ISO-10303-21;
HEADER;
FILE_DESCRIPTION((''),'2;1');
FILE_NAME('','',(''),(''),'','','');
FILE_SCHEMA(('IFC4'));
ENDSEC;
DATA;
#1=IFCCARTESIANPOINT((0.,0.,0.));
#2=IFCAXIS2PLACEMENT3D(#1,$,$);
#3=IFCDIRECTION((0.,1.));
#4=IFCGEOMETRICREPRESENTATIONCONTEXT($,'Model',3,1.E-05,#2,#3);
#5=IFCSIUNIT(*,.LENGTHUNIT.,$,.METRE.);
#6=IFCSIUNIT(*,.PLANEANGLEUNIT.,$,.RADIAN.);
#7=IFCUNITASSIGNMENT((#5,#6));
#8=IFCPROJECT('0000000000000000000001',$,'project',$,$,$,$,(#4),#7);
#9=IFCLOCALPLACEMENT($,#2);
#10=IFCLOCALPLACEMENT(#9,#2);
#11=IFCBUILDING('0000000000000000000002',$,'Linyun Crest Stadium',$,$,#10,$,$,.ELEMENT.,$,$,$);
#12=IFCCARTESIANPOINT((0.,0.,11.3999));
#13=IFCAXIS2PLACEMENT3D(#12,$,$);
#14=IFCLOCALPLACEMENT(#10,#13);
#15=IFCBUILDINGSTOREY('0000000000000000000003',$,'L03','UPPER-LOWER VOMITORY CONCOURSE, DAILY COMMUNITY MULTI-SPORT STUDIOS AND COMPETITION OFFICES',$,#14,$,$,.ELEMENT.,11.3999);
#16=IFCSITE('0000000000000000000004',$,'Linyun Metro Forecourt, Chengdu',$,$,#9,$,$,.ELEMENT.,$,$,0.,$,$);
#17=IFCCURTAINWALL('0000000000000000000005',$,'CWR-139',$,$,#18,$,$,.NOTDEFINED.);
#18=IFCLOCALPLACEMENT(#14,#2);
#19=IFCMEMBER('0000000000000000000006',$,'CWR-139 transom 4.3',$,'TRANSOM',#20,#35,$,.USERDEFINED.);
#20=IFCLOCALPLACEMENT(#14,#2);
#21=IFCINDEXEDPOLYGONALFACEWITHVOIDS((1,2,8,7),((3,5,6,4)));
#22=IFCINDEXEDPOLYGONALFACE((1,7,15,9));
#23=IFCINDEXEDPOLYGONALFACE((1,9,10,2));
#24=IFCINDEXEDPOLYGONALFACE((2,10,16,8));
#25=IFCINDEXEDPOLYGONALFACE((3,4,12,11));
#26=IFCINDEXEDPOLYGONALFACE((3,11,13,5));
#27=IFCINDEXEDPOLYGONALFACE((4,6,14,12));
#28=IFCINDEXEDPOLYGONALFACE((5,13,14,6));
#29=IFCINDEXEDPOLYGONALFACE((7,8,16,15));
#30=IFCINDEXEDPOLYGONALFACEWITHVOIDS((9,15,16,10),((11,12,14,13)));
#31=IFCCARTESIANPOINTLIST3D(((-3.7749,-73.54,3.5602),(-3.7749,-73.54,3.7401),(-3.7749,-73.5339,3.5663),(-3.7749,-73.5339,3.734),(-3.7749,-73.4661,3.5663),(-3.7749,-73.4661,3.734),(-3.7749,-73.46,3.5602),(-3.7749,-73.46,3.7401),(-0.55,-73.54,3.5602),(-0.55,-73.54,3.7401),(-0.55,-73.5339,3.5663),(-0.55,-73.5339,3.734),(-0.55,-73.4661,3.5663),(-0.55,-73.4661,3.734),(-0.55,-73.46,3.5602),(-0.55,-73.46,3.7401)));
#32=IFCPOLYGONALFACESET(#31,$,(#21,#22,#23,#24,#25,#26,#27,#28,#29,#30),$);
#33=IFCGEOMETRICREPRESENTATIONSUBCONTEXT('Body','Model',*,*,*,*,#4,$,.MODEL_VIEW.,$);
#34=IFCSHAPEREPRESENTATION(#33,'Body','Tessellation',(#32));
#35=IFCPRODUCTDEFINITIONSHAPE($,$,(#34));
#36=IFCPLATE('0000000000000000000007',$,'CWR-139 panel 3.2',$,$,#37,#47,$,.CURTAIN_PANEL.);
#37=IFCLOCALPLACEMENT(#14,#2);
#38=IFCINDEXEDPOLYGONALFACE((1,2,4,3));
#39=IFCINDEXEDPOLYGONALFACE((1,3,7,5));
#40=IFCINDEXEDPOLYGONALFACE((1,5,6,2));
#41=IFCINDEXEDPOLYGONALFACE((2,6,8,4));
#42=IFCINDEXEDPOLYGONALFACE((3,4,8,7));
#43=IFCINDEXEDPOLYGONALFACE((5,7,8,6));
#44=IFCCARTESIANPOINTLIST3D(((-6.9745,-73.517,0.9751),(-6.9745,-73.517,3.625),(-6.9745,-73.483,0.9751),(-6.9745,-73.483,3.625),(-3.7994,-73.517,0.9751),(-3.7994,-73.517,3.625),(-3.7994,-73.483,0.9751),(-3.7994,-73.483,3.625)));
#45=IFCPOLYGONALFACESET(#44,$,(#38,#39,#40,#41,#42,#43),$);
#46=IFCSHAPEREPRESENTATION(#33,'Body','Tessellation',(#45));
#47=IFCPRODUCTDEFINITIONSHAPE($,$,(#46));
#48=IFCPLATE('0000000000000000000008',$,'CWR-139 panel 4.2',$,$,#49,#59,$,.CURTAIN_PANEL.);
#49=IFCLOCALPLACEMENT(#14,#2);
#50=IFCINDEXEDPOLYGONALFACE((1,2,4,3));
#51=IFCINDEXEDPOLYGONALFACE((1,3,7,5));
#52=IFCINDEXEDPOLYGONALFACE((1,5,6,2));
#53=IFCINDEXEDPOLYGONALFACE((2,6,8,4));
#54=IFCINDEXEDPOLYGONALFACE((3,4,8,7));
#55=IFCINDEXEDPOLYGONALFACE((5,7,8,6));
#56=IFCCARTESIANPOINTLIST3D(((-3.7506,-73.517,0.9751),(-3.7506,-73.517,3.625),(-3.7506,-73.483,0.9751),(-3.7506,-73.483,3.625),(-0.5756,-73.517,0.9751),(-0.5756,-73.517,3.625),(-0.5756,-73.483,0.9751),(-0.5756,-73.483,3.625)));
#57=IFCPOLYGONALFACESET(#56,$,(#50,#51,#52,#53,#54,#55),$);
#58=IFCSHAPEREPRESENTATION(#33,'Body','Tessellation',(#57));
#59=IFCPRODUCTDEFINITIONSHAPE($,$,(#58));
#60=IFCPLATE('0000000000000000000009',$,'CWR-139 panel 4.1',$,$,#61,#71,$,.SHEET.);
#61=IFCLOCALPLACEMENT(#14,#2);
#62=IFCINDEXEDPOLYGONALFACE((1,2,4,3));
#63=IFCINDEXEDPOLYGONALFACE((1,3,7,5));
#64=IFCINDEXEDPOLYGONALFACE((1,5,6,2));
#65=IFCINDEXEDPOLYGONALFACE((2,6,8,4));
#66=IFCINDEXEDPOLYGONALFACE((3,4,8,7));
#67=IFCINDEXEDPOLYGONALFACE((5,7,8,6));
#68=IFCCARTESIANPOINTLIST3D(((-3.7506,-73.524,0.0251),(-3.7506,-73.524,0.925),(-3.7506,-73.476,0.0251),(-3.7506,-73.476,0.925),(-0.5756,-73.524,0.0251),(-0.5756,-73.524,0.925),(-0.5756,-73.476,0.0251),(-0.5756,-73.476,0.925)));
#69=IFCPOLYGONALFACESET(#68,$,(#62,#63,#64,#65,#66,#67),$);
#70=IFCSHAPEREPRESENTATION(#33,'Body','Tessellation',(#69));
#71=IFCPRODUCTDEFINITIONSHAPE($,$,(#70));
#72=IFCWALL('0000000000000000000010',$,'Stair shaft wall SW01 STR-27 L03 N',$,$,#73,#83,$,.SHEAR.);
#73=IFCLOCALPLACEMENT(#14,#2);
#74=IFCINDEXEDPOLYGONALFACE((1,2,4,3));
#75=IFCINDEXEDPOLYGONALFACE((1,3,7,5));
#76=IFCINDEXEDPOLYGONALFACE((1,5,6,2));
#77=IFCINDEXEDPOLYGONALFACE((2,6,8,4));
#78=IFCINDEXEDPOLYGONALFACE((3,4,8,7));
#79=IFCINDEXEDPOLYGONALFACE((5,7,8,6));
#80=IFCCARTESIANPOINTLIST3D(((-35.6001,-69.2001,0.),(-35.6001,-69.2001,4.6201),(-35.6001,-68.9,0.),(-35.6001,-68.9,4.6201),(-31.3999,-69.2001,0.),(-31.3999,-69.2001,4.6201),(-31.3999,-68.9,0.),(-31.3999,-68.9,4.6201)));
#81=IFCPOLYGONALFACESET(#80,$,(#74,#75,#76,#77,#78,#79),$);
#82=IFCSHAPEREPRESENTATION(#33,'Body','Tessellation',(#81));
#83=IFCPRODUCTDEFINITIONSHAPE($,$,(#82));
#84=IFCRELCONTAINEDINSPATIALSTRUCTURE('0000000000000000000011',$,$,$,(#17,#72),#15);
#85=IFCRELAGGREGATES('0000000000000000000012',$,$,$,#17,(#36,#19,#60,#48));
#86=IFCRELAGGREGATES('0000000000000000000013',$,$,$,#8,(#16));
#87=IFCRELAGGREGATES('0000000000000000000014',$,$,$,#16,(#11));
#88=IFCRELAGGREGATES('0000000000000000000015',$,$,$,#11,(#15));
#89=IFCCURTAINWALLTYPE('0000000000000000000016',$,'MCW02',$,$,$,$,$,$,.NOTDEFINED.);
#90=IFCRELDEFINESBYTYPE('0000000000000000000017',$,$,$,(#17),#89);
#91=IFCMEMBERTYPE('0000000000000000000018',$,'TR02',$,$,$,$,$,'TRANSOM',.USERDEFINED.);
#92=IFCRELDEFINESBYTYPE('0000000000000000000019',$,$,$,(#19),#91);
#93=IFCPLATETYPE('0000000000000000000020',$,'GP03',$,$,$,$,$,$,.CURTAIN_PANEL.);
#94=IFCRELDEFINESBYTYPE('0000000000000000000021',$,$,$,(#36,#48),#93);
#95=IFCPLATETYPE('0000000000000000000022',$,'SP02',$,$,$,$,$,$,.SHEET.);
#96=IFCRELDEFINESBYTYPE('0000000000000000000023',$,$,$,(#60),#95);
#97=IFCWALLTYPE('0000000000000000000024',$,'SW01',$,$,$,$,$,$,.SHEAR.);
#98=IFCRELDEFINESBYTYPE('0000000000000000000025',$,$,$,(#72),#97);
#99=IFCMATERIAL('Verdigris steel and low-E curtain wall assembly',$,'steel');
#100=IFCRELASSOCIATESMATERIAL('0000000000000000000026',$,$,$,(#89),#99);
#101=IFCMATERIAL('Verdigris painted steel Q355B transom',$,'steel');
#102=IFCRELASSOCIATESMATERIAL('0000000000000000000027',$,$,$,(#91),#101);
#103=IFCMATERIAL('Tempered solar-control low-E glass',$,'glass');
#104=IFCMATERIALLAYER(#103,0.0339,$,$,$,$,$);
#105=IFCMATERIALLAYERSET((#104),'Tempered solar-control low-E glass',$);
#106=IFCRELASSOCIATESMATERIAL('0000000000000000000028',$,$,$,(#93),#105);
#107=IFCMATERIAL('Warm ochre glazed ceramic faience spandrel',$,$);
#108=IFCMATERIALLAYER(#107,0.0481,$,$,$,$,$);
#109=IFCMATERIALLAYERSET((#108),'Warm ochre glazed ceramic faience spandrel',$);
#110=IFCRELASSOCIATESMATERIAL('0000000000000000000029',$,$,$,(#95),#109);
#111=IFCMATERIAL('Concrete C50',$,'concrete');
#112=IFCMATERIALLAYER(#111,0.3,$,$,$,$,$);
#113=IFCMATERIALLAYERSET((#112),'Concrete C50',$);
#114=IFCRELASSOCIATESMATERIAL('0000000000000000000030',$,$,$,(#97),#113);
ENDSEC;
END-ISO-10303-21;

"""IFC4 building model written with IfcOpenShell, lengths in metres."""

from ifc_helpers import new_model, si_unit, direction, frame, frame_2d, origin, origin_2d, place, context, subcontext, project, spatial, rectangle, hollow_rectangle, extrude, material, layer, layer_set, material_profile, profile_set, type_object, element, aggregate, save


model = new_model("IFC4")

# Units and contexts
model_context = context("Model", 3, precision=1e-05, world=origin(), true_north=direction((0.0, 1.0)))
body_context = subcontext(model_context, "Body", "Model", "MODEL_VIEW")
ifc_project = project(units=[si_unit("LENGTHUNIT", "METRE"), si_unit("PLANEANGLEUNIT", "RADIAN")], contexts=[model_context])

# Site, building, storey
site_placement = place(None, origin())
site = spatial("IfcSite", under=ifc_project, at=site_placement, Name="Linyun Metro Forecourt, Chengdu", CompositionType="ELEMENT", RefElevation=0.0)
building_placement = place(site_placement, origin())
building = spatial("IfcBuilding", under=site, at=building_placement, Name="Linyun Crest Stadium", CompositionType="ELEMENT")
storey_placement = place(building_placement, frame((0.0, 0.0, 11.3999)))
storey = spatial("IfcBuildingStorey", under=building, at=storey_placement, Name="L03", Description="UPPER-LOWER VOMITORY CONCOURSE, DAILY COMMUNITY MULTI-SPORT STUDIOS AND COMPETITION OFFICES", CompositionType="ELEMENT", Elevation=11.3999)

# Curtain wall
ifc_material_1 = material(Name="Verdigris steel and low-E curtain wall assembly", Category="steel")
curtain_wall_type = type_object("IfcCurtainWallType", Name="MCW02", PredefinedType="NOTDEFINED", material=ifc_material_1)
curtain_wall_placement = place(storey_placement, origin())
curtain_wall = element("IfcCurtainWall", 1, at=curtain_wall_placement, inside=storey, type_object=curtain_wall_type, Name="CWR-139", PredefinedType="NOTDEFINED")

# Member
ifc_material_2 = material(Name="Verdigris painted steel Q355B transom", Category="steel")
ifc_material_profile_1 = material_profile(ifc_material_2, hollow_rectangle(XDim=0.0801, YDim=0.1799, WallThickness=0.0061, at=origin_2d()), Name="RHS 180x80x6")
ifc_profile_set_1 = profile_set([ifc_material_profile_1], Name="Verdigris painted steel Q355B transom")
member_type_1 = type_object("IfcMemberType", Name="TR02", ElementType="TRANSOM", PredefinedType="USERDEFINED", material=ifc_profile_set_1)
member_1_placement = place(storey_placement, frame((-3.7749, -73.5, 3.6501), z_axis=(1.0, 0.0, 0.0), x_axis=(0.0, 1.0, 0.0)))
member_1 = element("IfcMember", 2, at=member_1_placement, type_object=member_type_1, Name="CWR-139 transom 4.3", ObjectType="TRANSOM", PredefinedType="USERDEFINED", context=body_context, shape_type="SweptSolid", body=[
    extrude(hollow_rectangle(XDim=0.0801, YDim=0.1799, WallThickness=0.0061, at=origin_2d()), origin(), (0.0, 0.0, 1.0), 3.2249),
])

# Plates
ifc_material_3 = material(Name="Tempered solar-control low-E glass", Category="glass")
ifc_layer_1 = layer(ifc_material_3, 0.0339)
ifc_layer_set_1 = layer_set([ifc_layer_1], Name="Tempered solar-control low-E glass")
plate_type_1 = type_object("IfcPlateType", Name="GP03", PredefinedType="CURTAIN_PANEL", material=ifc_layer_set_1)
plate_1_placement = place(storey_placement, frame((-5.387, -73.5, 0.9751), z_axis=(0.0, 0.0, 1.0), x_axis=(1.0, 0.0, 0.0)))
plate_1 = element("IfcPlate", 3, at=plate_1_placement, type_object=plate_type_1, Name="CWR-139 panel 3.2", PredefinedType="CURTAIN_PANEL", context=body_context, shape_type="SweptSolid", body=[
    extrude(rectangle(XDim=3.175, YDim=0.0339, at=origin_2d()), origin(), (0.0, 0.0, 1.0), 2.6499),
])
plate_2_placement = place(storey_placement, frame((-2.1631, -73.5, 0.9751), z_axis=(0.0, 0.0, 1.0), x_axis=(1.0, 0.0, 0.0)))
plate_2 = element("IfcPlate", 4, at=plate_2_placement, type_object=plate_type_1, Name="CWR-139 panel 4.2", PredefinedType="CURTAIN_PANEL", context=body_context, shape_type="SweptSolid", body=[
    extrude(rectangle(XDim=3.175, YDim=0.0339, at=origin_2d()), origin(), (0.0, 0.0, 1.0), 2.6499),
])
ifc_material_4 = material(Name="Warm ochre glazed ceramic faience spandrel")
ifc_layer_2 = layer(ifc_material_4, 0.0481)
ifc_layer_set_2 = layer_set([ifc_layer_2], Name="Warm ochre glazed ceramic faience spandrel")
plate_type_2 = type_object("IfcPlateType", Name="SP02", PredefinedType="SHEET", material=ifc_layer_set_2)
plate_3_placement = place(storey_placement, frame((-2.1631, -73.5, 0.0251), z_axis=(0.0, 0.0, 1.0), x_axis=(1.0, 0.0, 0.0)))
plate_3 = element("IfcPlate", 5, at=plate_3_placement, type_object=plate_type_2, Name="CWR-139 panel 4.1", PredefinedType="SHEET", context=body_context, shape_type="SweptSolid", body=[
    extrude(rectangle(XDim=3.175, YDim=0.0481, at=origin_2d()), origin(), (0.0, 0.0, 1.0), 0.8999),
])
aggregate(curtain_wall, [plate_1, member_1, plate_3, plate_2])

# Wall
ifc_material_5 = material(Name="Concrete C50", Category="concrete")
ifc_layer_3 = layer(ifc_material_5, 0.3)
ifc_layer_set_3 = layer_set([ifc_layer_3], Name="Concrete C50")
wall_type = type_object("IfcWallType", Name="SW01", PredefinedType="SHEAR", material=ifc_layer_set_3)
wall_placement = place(storey_placement, frame((-35.6001, -69.05, 0.0), z_axis=(0.0, 0.0, 1.0), x_axis=(1.0, 0.0, 0.0)))
element("IfcWall", 6, at=wall_placement, inside=storey, type_object=wall_type, Name="Stair shaft wall SW01 STR-27 L03 N", PredefinedType="SHEAR", context=body_context, shape_type="SweptSolid", body=[
    extrude(rectangle(XDim=4.2002, YDim=0.3, at=frame_2d((2.1001, 0.0))), origin(), (0.0, 0.0, 1.0), 4.6201),
])

save(model, "model.ifc")
